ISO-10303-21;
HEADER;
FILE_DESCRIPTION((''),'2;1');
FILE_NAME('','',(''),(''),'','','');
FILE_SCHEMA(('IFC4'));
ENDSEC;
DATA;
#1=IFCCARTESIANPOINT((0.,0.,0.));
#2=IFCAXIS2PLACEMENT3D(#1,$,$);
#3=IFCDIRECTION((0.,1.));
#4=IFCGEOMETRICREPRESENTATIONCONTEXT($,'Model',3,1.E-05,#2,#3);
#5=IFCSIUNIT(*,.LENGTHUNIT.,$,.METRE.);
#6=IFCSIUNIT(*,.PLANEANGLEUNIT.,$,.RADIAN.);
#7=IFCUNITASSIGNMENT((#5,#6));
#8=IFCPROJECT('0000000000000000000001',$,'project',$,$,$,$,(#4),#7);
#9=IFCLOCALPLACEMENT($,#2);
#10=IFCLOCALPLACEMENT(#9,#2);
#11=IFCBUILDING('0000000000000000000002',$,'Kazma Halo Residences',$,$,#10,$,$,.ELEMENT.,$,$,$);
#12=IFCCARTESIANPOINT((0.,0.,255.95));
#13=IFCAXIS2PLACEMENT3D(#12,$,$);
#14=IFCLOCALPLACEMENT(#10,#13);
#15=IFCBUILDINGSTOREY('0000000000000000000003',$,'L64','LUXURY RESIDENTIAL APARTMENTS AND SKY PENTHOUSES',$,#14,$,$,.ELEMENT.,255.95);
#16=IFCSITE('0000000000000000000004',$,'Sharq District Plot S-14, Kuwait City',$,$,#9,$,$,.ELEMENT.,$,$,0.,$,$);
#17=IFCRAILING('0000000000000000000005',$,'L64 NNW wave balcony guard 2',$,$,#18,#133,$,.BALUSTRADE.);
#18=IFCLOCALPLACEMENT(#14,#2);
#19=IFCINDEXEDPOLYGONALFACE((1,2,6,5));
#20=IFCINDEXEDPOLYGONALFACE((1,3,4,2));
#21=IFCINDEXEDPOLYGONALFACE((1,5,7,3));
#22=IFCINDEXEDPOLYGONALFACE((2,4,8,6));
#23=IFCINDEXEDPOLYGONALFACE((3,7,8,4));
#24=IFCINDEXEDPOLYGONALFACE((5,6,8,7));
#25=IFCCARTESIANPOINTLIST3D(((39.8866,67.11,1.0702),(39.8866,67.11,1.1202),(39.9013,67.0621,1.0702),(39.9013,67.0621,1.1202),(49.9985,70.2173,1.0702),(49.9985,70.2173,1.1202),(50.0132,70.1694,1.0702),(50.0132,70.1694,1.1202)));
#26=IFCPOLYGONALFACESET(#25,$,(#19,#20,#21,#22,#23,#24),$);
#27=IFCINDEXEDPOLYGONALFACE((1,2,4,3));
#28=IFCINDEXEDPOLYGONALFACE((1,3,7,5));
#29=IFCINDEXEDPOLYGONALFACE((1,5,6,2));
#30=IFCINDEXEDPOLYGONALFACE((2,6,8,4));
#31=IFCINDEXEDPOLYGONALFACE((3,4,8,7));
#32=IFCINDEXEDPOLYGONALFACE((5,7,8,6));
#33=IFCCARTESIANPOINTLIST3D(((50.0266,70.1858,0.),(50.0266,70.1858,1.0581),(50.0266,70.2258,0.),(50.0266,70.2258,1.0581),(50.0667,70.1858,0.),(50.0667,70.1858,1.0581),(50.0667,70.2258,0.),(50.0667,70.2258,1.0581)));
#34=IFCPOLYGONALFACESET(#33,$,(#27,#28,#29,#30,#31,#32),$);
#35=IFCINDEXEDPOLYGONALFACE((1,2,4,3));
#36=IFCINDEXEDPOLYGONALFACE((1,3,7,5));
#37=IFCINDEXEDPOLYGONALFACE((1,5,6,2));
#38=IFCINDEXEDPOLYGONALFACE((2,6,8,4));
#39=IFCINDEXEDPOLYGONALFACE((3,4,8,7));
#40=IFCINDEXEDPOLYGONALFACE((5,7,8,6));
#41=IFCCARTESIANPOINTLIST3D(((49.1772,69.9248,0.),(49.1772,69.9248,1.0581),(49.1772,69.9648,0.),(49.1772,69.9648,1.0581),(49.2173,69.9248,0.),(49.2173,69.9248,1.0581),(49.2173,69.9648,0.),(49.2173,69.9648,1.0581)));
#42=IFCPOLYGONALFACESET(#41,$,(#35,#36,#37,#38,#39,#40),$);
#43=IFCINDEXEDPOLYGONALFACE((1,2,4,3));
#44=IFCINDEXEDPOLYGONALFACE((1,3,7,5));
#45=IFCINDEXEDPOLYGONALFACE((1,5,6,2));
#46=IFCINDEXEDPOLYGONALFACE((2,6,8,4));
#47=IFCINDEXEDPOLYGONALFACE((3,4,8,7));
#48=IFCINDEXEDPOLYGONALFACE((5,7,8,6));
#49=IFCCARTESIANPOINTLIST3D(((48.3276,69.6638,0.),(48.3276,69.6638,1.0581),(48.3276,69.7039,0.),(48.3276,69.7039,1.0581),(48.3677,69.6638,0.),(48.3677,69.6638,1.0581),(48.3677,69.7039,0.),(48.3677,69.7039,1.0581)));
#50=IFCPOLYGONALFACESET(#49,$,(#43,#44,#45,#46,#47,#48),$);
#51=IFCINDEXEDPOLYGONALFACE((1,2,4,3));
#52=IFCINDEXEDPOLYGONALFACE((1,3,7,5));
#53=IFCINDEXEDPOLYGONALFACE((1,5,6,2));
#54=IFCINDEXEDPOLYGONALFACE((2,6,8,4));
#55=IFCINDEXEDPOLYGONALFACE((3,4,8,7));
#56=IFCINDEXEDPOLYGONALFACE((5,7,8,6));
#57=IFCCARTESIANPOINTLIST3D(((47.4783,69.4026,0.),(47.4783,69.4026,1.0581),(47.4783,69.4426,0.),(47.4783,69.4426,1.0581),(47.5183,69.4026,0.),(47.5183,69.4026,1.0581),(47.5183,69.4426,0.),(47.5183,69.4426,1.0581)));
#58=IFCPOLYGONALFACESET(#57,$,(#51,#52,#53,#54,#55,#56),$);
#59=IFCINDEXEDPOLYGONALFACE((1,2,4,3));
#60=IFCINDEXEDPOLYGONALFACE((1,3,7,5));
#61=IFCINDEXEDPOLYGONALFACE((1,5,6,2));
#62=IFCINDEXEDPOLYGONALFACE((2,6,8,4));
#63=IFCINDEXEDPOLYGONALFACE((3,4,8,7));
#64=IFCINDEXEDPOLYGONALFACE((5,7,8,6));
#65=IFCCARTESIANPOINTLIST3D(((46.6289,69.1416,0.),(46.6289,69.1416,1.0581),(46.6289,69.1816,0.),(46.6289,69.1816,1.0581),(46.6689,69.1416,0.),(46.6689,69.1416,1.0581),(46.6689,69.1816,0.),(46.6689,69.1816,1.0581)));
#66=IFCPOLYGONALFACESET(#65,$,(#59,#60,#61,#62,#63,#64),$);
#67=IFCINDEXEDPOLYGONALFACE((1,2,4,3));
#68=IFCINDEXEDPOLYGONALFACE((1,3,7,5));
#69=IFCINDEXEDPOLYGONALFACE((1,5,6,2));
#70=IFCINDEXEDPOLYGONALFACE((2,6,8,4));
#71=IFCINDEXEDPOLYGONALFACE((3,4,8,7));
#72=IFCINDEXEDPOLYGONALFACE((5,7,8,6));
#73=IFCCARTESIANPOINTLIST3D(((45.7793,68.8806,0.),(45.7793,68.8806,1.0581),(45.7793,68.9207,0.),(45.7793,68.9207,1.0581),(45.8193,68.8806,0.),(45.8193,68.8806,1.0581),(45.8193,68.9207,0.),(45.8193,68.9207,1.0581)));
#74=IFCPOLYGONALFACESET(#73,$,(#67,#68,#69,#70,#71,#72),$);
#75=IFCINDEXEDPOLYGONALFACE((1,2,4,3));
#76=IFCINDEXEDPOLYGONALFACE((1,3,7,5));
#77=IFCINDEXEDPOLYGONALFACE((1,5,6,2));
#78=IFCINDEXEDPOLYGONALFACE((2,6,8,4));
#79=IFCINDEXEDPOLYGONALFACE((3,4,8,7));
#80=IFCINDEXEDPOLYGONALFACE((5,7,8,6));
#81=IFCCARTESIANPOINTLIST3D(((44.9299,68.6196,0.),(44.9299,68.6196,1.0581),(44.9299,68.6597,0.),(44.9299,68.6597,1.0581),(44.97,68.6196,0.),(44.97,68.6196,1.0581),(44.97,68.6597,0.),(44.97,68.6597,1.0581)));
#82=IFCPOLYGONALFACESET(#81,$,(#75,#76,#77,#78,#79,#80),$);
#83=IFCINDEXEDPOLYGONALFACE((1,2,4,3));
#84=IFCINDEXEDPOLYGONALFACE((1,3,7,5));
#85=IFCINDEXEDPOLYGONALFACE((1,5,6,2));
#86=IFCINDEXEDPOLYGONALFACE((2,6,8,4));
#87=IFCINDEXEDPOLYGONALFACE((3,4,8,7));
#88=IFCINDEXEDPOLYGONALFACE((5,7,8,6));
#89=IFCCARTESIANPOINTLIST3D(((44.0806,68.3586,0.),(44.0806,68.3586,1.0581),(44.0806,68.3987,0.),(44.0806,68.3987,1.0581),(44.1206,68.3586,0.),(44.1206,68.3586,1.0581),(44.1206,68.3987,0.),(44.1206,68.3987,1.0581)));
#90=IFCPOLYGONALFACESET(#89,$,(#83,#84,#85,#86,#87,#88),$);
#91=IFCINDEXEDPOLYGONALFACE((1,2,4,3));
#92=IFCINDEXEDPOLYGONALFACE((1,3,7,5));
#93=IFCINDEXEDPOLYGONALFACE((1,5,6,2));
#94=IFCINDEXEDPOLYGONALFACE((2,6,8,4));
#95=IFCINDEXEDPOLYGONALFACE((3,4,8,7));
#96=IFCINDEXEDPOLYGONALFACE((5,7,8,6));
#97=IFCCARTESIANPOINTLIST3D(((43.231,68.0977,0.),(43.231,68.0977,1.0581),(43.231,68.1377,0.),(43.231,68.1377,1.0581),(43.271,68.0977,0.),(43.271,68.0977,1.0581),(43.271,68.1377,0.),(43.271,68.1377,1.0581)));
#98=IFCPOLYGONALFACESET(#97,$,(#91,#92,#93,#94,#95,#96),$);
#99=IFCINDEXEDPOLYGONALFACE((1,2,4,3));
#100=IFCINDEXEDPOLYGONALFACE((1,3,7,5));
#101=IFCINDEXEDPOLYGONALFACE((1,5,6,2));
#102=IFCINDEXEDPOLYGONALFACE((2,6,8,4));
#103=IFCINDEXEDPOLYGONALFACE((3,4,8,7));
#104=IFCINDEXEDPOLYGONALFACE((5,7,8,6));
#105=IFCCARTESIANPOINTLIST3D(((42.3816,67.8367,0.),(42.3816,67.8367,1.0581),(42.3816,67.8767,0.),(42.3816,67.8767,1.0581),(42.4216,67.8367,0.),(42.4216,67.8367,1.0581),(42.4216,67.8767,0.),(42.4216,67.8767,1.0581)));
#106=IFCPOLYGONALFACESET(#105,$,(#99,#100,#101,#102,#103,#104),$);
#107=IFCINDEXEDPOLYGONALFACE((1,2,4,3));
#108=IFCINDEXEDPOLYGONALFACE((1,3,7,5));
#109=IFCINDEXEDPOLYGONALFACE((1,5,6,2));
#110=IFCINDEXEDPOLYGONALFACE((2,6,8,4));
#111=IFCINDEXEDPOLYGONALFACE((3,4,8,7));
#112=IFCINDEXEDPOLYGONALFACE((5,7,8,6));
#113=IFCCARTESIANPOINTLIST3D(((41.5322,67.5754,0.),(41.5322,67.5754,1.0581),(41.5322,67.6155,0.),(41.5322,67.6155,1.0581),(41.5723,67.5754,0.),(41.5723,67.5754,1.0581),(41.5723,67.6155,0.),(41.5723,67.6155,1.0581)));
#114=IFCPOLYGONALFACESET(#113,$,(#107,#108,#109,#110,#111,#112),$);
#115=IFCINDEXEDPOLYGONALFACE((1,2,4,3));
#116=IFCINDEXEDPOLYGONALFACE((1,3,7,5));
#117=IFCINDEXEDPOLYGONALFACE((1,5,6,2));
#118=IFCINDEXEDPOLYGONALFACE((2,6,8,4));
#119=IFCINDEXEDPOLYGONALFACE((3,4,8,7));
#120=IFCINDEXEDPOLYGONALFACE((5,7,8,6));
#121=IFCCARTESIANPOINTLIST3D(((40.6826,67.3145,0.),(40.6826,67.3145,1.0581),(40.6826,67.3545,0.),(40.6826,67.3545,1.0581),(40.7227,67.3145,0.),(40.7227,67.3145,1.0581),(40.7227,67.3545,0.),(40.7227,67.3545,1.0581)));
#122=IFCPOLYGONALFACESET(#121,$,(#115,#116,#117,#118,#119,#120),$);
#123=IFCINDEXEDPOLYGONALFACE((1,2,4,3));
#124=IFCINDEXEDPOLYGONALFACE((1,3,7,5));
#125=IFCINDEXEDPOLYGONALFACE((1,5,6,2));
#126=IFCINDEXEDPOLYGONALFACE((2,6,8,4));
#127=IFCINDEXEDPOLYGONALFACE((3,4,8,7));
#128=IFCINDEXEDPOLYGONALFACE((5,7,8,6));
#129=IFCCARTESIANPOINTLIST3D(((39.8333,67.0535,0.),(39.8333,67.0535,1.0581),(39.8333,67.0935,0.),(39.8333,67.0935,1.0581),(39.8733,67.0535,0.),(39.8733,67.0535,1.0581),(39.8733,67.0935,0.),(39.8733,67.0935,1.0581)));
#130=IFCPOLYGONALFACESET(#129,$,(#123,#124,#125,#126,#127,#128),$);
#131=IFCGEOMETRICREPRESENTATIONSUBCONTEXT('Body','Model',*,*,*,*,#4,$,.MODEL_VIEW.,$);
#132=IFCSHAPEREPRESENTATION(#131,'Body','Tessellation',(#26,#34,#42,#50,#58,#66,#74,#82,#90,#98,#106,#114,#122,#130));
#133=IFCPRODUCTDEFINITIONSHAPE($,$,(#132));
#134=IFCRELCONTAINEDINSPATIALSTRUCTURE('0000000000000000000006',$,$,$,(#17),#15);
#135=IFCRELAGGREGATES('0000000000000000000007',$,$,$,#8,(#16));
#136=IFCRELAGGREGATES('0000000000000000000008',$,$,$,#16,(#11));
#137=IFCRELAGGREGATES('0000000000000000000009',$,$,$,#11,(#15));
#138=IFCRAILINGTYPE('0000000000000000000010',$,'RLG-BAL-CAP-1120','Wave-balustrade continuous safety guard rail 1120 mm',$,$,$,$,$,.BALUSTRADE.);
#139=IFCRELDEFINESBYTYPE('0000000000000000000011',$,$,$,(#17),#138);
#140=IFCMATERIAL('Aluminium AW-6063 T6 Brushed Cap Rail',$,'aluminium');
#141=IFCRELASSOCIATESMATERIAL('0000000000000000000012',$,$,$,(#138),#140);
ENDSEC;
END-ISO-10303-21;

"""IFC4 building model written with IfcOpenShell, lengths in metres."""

from ifc_helpers import new_model, si_unit, direction, frame, origin, origin_2d, place, context, subcontext, project, spatial, rectangle, extrude, material, type_object, element, save


model = new_model("IFC4")

# Units and contexts
model_context = context("Model", 3, precision=1e-05, world=origin(), true_north=direction((0.0, 1.0)))
body_context = subcontext(model_context, "Body", "Model", "MODEL_VIEW")
ifc_project = project(units=[si_unit("LENGTHUNIT", "METRE"), si_unit("PLANEANGLEUNIT", "RADIAN")], contexts=[model_context])

# Site, building, storey
site_placement = place(None, origin())
site = spatial("IfcSite", under=ifc_project, at=site_placement, Name="Sharq District Plot S-14, Kuwait City", CompositionType="ELEMENT", RefElevation=0.0)
building_placement = place(site_placement, origin())
building = spatial("IfcBuilding", under=site, at=building_placement, Name="Kazma Halo Residences", CompositionType="ELEMENT")
storey_placement = place(building_placement, frame((0.0, 0.0, 255.95)))
storey = spatial("IfcBuildingStorey", under=building, at=storey_placement, Name="L64", Description="LUXURY RESIDENTIAL APARTMENTS AND SKY PENTHOUSES", CompositionType="ELEMENT", Elevation=255.95)

# Railing
ifc_material_1 = material(Name="Aluminium AW-6063 T6 Brushed Cap Rail", Category="aluminium")
railing_type = type_object("IfcRailingType", Name="RLG-BAL-CAP-1120", Description="Wave-balustrade continuous safety guard rail 1120 mm", PredefinedType="BALUSTRADE", material=ifc_material_1)
railing_1_placement = place(storey_placement, frame((50.0466, 70.2058, 0.0)))
element("IfcRailing", 1, at=railing_1_placement, inside=storey, type_object=railing_type, Name="L64 NNW wave balcony guard 2", PredefinedType="BALUSTRADE", context=body_context, shape_type="SweptSolid", body=[
    extrude(rectangle(XDim=0.05, YDim=0.05, at=origin_2d()), frame((-0.0408, -0.0125, 1.0952), z_axis=(-0.955887, -0.293735, 0.0), x_axis=(0.293735, -0.955887, 0.0)), (0.0, 0.0, 1.0), 10.5786),
    extrude(rectangle(XDim=0.04, YDim=0.04, at=origin_2d()), origin(), (0.0, 0.0, 1.0), 1.0581),
    extrude(rectangle(XDim=0.04, YDim=0.04, at=origin_2d()), frame((-0.8494, -0.261, 0.0)), (0.0, 0.0, 1.0), 1.0581),
    extrude(rectangle(XDim=0.04, YDim=0.04, at=origin_2d()), frame((-1.699, -0.522, 0.0)), (0.0, 0.0, 1.0), 1.0581),
    extrude(rectangle(XDim=0.04, YDim=0.04, at=origin_2d()), frame((-2.5483, -0.7832, 0.0)), (0.0, 0.0, 1.0), 1.0581),
    extrude(rectangle(XDim=0.04, YDim=0.04, at=origin_2d()), frame((-3.3977, -1.0442, 0.0)), (0.0, 0.0, 1.0), 1.0581),
    extrude(rectangle(XDim=0.04, YDim=0.04, at=origin_2d()), frame((-4.2473, -1.3052, 0.0)), (0.0, 0.0, 1.0), 1.0581),
    extrude(rectangle(XDim=0.04, YDim=0.04, at=origin_2d()), frame((-5.0967, -1.5662, 0.0)), (0.0, 0.0, 1.0), 1.0581),
    extrude(rectangle(XDim=0.04, YDim=0.04, at=origin_2d()), frame((-5.946, -1.8271, 0.0)), (0.0, 0.0, 1.0), 1.0581),
    extrude(rectangle(XDim=0.04, YDim=0.04, at=origin_2d()), frame((-6.7957, -2.0881, 0.0)), (0.0, 0.0, 1.0), 1.0581),
    extrude(rectangle(XDim=0.04, YDim=0.04, at=origin_2d()), frame((-7.645, -2.3491, 0.0)), (0.0, 0.0, 1.0), 1.0581),
    extrude(rectangle(XDim=0.04, YDim=0.04, at=origin_2d()), frame((-8.4944, -2.6104, 0.0)), (0.0, 0.0, 1.0), 1.0581),
    extrude(rectangle(XDim=0.04, YDim=0.04, at=origin_2d()), frame((-9.344, -2.8713, 0.0)), (0.0, 0.0, 1.0), 1.0581),
    extrude(rectangle(XDim=0.04, YDim=0.04, at=origin_2d()), frame((-10.1934, -3.1323, 0.0)), (0.0, 0.0, 1.0), 1.0581),
])

save(model, "model.ifc")
